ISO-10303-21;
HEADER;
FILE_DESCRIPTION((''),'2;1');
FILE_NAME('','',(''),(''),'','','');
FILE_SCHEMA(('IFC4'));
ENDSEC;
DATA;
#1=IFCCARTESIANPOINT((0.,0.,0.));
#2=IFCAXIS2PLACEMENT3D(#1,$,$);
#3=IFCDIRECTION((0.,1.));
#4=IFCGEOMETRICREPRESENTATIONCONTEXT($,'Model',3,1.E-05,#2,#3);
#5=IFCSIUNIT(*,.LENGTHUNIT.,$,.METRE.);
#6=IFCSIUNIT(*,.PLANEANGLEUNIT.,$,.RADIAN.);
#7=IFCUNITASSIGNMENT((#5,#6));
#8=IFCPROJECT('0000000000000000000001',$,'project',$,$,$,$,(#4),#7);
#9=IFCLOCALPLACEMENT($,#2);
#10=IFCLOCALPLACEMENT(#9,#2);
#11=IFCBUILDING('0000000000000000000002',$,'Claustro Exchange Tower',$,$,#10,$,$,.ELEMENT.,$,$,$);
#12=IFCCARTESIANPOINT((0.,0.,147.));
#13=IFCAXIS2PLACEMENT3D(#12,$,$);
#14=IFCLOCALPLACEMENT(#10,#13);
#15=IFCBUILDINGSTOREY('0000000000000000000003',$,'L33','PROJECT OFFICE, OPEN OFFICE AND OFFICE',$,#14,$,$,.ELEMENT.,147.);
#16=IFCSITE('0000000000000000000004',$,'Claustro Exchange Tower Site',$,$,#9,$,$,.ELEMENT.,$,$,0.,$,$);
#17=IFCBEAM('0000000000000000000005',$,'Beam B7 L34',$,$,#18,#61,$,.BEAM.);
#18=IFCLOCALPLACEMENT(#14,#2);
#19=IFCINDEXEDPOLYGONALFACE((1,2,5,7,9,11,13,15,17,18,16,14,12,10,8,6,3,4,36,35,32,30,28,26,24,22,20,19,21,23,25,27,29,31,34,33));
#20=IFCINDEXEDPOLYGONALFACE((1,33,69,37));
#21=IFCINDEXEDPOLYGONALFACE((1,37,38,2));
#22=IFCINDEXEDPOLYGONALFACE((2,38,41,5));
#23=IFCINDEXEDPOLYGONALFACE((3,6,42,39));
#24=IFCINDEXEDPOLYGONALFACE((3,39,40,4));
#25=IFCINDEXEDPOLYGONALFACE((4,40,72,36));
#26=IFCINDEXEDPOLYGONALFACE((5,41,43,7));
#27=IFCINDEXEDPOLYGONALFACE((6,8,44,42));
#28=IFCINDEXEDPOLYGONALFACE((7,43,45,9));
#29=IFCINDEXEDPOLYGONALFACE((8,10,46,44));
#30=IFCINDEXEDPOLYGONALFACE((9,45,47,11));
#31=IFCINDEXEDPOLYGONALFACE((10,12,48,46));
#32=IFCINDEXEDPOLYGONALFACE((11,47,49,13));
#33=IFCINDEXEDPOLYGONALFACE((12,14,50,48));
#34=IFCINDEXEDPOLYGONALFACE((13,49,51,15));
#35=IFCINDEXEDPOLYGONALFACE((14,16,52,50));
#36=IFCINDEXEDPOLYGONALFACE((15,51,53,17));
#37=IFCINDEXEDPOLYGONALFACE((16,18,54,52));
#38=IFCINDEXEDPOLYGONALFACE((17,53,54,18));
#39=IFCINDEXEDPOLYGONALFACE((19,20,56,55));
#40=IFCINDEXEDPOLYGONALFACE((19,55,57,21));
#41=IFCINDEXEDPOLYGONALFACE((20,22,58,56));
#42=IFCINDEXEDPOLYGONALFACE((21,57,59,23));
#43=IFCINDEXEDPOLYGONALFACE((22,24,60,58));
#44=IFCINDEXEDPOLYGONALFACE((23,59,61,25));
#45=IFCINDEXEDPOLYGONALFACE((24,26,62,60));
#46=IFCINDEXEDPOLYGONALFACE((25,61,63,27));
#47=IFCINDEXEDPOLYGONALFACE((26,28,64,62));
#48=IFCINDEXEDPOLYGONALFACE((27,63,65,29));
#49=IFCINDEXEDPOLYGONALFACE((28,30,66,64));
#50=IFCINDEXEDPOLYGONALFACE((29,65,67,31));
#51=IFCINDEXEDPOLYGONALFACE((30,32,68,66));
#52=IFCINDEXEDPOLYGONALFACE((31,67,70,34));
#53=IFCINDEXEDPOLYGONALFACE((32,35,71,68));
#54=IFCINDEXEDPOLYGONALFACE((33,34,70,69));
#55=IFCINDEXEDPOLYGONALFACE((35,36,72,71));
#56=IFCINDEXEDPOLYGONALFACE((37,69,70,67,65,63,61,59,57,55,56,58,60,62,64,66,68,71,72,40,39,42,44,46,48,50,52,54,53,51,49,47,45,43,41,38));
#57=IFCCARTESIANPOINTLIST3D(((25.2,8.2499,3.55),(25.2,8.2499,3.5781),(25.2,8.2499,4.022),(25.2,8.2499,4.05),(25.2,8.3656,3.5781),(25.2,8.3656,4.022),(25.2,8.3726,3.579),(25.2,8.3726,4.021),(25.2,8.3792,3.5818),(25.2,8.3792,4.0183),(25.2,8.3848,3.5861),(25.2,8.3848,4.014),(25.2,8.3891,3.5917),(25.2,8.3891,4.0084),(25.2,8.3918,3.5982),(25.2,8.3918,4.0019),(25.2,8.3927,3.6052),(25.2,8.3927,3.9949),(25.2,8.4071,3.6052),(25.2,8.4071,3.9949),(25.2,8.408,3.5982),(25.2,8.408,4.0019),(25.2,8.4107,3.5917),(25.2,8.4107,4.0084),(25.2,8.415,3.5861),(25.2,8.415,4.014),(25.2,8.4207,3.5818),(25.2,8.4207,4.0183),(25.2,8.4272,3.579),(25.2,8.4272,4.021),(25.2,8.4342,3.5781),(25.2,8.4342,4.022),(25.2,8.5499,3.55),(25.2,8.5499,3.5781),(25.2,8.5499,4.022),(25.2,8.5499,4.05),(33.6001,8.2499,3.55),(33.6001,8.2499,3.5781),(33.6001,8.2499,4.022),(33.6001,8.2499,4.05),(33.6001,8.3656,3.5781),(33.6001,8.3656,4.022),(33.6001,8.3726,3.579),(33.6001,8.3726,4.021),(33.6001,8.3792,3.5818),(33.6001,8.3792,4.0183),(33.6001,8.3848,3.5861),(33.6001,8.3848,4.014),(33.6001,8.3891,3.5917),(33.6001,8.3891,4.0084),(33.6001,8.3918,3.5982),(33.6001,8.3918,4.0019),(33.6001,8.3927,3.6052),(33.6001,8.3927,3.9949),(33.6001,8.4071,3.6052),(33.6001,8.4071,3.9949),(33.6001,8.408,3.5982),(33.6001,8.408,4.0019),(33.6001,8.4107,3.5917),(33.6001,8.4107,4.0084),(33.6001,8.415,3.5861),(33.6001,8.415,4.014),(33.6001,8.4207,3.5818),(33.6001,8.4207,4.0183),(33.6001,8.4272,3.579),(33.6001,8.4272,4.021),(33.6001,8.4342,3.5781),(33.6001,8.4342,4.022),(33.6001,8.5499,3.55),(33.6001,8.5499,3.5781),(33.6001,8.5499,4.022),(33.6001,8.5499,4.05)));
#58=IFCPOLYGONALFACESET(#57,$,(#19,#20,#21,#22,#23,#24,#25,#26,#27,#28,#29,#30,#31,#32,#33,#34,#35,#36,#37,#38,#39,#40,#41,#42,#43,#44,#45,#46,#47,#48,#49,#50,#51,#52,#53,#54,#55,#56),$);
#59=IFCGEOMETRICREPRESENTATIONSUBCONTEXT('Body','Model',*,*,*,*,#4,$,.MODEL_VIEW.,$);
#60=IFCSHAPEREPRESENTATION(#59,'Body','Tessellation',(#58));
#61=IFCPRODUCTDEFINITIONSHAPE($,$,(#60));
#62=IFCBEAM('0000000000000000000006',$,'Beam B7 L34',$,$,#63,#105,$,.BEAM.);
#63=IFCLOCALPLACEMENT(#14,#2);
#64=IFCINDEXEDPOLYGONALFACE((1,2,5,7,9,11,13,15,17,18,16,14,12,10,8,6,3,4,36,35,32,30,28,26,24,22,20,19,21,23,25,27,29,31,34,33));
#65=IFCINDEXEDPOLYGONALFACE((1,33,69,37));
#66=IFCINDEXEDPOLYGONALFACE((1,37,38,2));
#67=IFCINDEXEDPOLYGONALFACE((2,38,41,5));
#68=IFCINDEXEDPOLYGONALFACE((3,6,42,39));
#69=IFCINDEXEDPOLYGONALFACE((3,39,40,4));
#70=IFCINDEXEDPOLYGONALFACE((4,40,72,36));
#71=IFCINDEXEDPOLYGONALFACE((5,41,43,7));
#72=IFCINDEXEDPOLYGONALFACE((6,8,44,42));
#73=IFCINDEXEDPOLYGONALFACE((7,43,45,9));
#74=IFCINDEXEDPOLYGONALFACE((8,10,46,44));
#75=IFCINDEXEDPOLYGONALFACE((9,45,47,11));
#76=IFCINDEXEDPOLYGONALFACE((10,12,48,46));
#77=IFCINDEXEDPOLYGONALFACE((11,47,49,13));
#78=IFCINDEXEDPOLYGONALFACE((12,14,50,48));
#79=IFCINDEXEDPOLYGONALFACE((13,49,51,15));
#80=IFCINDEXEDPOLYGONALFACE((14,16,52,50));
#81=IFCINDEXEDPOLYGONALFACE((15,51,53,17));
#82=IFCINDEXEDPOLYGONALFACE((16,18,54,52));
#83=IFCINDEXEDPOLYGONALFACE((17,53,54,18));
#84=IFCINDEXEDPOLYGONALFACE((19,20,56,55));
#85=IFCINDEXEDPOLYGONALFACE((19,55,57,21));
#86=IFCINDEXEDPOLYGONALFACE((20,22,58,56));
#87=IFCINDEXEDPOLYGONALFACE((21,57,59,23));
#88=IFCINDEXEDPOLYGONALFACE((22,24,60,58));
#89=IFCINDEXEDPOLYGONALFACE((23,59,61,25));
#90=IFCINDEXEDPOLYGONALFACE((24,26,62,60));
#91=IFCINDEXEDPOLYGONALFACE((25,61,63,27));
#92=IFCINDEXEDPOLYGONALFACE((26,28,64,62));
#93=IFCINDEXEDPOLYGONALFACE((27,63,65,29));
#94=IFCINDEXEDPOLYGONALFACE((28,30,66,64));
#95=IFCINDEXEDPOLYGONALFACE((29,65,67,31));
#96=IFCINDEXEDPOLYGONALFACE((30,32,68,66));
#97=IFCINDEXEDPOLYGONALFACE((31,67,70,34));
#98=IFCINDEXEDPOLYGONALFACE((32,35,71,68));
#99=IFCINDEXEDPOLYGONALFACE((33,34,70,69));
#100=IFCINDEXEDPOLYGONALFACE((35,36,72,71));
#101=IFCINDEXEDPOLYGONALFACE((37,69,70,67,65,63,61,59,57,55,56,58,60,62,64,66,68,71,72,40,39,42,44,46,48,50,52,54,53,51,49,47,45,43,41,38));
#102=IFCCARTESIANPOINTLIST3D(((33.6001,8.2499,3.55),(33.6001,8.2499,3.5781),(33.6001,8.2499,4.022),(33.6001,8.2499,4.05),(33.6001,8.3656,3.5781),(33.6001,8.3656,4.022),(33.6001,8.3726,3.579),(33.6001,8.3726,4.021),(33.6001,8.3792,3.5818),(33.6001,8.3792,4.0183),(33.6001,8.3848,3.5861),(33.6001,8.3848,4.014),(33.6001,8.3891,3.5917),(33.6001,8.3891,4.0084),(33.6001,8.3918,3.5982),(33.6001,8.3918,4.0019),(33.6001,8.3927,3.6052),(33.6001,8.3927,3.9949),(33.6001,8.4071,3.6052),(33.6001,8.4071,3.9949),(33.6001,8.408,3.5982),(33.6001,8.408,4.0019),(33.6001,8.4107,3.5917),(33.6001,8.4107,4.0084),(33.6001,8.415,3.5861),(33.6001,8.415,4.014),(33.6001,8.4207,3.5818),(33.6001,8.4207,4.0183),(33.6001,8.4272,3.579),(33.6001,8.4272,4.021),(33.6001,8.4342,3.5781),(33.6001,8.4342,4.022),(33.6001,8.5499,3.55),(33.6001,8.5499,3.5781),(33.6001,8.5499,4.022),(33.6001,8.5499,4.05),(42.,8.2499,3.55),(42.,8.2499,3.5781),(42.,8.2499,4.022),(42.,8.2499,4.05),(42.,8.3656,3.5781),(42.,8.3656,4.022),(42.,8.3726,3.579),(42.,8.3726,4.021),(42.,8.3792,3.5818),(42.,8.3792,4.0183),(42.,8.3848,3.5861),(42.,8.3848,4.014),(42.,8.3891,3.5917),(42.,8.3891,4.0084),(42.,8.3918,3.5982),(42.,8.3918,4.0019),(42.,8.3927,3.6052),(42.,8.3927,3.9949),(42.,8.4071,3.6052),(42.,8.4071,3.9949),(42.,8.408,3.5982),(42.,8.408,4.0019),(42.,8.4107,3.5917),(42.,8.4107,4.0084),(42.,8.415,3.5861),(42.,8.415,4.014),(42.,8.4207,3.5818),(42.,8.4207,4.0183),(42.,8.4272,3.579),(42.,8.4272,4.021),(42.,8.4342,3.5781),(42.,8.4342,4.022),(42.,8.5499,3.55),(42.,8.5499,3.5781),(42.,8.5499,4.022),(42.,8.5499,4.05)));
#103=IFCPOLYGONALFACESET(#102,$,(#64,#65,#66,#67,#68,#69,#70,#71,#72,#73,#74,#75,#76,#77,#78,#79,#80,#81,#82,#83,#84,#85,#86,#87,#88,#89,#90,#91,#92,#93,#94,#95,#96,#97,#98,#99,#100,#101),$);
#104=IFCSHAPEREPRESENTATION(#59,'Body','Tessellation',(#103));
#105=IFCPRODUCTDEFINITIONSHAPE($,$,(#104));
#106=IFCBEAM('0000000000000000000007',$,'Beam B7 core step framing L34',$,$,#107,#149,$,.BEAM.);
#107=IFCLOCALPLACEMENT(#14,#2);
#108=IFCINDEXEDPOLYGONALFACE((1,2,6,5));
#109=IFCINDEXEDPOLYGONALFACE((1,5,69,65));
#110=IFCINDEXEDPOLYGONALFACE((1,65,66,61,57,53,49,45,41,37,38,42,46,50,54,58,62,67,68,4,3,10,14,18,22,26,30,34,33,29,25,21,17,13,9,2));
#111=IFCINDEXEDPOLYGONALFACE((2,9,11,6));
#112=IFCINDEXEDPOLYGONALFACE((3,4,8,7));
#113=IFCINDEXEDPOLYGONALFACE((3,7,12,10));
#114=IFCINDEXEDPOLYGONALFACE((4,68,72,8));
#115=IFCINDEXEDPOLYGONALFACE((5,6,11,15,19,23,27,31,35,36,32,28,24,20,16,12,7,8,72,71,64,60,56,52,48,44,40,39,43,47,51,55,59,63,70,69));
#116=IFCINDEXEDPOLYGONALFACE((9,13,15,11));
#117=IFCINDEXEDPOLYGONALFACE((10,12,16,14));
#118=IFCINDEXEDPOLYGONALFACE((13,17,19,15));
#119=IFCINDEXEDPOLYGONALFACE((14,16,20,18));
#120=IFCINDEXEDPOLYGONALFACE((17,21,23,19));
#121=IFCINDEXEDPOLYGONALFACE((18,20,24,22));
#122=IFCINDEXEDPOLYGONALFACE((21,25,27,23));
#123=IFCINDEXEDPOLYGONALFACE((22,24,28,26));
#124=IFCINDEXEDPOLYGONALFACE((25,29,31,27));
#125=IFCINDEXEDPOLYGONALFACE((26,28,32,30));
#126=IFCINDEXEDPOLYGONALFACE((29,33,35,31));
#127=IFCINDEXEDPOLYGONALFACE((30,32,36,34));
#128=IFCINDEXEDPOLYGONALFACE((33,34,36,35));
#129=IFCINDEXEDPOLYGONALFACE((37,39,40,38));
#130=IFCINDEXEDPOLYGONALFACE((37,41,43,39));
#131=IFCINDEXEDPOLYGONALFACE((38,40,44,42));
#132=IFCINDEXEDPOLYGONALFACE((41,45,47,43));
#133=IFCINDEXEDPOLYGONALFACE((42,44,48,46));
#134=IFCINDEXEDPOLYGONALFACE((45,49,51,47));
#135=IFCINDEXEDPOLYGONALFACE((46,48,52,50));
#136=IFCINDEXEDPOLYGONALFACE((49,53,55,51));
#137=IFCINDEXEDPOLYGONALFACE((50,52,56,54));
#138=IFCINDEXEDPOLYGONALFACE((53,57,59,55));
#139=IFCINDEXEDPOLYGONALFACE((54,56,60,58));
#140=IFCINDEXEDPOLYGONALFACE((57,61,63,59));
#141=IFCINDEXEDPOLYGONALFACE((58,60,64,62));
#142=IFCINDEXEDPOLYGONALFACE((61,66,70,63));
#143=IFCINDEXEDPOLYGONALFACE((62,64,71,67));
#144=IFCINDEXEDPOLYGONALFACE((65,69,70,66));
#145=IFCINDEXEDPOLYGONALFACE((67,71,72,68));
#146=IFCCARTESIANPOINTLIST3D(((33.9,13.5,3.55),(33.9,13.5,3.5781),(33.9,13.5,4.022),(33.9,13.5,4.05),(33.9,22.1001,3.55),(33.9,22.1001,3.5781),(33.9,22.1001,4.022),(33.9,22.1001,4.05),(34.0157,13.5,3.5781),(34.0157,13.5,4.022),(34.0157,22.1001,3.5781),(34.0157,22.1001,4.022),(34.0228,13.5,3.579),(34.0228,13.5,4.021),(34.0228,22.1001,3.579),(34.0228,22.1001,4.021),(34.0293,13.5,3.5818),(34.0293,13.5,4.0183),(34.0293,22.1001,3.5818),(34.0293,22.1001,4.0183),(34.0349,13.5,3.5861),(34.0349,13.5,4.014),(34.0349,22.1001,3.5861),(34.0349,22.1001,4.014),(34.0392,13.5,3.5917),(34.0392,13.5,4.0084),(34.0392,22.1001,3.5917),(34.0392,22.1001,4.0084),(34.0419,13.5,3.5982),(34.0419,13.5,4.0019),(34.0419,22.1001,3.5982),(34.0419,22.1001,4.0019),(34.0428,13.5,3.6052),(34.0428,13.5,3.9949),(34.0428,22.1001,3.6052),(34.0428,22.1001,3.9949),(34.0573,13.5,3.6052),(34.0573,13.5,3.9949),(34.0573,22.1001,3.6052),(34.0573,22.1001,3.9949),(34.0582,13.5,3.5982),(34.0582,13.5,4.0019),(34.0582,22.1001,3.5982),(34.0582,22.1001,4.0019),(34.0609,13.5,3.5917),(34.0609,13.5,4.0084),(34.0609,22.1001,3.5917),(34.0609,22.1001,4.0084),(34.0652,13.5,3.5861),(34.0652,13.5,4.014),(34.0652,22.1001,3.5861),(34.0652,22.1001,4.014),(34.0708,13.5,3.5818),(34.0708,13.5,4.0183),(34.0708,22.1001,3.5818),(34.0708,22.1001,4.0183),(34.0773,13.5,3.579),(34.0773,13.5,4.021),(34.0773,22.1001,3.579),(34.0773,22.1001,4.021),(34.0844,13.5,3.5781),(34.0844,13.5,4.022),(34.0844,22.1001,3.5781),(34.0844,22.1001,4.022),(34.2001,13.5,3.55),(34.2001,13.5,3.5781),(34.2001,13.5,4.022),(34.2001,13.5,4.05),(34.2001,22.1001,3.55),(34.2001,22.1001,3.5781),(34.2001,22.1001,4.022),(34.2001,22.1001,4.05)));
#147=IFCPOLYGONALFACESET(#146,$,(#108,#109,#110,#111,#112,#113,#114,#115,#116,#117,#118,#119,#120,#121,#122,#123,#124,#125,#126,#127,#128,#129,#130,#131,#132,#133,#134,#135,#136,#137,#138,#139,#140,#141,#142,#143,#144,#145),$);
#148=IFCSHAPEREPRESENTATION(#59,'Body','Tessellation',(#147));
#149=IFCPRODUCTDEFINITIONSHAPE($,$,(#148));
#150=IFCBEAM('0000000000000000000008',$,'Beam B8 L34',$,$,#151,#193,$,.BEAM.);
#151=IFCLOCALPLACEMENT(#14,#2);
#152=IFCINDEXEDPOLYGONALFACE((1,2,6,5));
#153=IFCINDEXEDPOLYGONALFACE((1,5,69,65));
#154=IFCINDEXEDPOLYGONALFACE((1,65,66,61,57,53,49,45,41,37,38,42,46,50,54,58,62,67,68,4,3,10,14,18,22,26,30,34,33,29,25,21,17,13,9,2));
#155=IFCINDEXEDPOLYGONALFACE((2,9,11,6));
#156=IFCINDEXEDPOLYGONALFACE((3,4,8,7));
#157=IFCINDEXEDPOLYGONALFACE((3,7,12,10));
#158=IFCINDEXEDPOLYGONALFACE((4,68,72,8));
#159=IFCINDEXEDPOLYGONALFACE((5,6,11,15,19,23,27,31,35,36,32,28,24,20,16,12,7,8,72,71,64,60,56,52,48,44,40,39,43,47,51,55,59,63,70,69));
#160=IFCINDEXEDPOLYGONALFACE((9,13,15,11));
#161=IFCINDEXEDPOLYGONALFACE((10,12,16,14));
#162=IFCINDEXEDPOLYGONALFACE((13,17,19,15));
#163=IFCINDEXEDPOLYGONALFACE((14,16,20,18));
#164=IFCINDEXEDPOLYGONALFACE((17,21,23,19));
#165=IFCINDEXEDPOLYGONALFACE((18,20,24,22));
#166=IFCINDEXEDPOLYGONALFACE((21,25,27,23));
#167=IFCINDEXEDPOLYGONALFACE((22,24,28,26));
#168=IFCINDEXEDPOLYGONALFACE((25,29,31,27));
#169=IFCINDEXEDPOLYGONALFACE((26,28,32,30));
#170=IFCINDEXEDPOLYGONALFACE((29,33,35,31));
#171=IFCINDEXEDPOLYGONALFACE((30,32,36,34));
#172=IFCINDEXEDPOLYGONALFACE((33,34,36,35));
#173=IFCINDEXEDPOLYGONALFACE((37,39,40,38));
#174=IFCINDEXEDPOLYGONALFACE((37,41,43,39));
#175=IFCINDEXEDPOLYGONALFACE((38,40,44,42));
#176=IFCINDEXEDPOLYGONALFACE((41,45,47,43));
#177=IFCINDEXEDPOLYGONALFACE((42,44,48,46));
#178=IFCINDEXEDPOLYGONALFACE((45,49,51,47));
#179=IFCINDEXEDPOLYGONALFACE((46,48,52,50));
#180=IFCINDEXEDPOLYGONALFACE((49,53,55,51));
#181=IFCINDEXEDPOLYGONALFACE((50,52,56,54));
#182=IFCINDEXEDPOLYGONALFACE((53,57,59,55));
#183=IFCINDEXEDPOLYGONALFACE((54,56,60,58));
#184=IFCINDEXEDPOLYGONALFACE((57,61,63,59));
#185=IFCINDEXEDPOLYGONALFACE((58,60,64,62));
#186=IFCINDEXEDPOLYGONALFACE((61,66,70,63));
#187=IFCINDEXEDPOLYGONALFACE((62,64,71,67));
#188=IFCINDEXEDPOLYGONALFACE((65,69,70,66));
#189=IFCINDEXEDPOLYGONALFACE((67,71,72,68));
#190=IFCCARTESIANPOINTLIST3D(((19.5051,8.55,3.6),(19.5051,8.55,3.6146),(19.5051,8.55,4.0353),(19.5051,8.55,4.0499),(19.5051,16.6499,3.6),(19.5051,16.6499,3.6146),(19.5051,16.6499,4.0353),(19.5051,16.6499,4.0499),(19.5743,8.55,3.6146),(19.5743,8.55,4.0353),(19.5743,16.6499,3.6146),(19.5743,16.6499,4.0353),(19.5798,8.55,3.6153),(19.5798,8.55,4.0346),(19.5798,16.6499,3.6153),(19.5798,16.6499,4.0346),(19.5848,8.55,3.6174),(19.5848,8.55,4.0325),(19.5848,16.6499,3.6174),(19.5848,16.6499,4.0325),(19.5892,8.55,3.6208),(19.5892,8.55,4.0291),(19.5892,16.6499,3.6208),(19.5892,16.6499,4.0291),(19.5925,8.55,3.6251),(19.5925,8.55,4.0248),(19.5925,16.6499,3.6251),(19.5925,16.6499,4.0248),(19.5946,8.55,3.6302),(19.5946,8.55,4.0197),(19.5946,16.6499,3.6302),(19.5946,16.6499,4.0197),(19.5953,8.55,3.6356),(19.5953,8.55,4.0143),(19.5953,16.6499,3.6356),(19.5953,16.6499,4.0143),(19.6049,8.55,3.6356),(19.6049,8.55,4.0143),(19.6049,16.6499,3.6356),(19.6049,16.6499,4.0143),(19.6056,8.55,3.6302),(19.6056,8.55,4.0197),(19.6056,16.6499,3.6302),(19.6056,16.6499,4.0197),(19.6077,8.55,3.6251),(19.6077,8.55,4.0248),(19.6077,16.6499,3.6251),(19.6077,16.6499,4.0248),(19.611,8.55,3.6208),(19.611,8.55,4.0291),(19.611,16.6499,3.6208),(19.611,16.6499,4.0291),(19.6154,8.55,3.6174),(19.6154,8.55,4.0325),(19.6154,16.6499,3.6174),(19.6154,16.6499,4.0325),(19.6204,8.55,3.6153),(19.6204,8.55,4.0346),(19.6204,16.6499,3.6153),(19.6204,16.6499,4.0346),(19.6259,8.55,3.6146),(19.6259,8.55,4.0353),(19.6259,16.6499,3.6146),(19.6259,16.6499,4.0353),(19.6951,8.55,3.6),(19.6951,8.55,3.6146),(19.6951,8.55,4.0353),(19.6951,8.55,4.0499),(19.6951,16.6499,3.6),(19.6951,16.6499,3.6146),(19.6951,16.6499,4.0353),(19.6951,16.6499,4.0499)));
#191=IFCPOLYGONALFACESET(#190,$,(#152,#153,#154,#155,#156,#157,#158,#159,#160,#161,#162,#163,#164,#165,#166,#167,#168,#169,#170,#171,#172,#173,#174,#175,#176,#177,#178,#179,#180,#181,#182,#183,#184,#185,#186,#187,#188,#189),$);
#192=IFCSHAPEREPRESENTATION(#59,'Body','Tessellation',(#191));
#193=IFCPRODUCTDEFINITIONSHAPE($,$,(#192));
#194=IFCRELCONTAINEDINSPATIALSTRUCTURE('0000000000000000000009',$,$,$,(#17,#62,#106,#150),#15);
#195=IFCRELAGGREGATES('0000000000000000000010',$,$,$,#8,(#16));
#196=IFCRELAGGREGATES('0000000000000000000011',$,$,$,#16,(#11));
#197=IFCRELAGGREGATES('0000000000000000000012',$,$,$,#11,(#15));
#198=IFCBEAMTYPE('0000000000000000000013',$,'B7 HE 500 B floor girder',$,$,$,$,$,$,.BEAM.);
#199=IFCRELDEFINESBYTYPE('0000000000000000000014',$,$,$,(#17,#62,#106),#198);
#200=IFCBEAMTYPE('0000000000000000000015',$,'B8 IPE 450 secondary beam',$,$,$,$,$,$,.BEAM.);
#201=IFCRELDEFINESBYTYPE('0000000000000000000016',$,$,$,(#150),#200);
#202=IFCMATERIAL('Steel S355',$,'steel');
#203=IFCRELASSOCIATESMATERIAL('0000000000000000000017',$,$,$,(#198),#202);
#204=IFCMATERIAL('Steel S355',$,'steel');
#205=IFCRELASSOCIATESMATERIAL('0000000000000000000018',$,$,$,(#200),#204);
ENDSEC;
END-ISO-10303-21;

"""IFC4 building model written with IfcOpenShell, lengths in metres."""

from ifc_helpers import new_model, si_unit, direction, frame, origin, origin_2d, place, context, subcontext, project, spatial, i_section, extrude, material, material_profile, profile_set, type_object, element, save


model = new_model("IFC4")

# Units and contexts
model_context = context("Model", 3, precision=1e-05, world=origin(), true_north=direction((0.0, 1.0)))
body_context = subcontext(model_context, "Body", "Model", "MODEL_VIEW")
ifc_project = project(units=[si_unit("LENGTHUNIT", "METRE"), si_unit("PLANEANGLEUNIT", "RADIAN")], contexts=[model_context])

# Site, building, storey
site_placement = place(None, origin())
site = spatial("IfcSite", under=ifc_project, at=site_placement, Name="Claustro Exchange Tower Site", CompositionType="ELEMENT", RefElevation=0.0)
building_placement = place(site_placement, origin())
building = spatial("IfcBuilding", under=site, at=building_placement, Name="Claustro Exchange Tower", CompositionType="ELEMENT")
storey_placement = place(building_placement, frame((0.0, 0.0, 147.0)))
storey = spatial("IfcBuildingStorey", under=building, at=storey_placement, Name="L33", Description="PROJECT OFFICE, OPEN OFFICE AND OFFICE", CompositionType="ELEMENT", Elevation=147.0)

# Beams
ifc_material_1 = material(Name="Steel S355", Category="steel")
ifc_material_profile_1 = material_profile(ifc_material_1, i_section(OverallWidth=0.3, OverallDepth=0.5, WebThickness=0.0144, FlangeThickness=0.0281, FilletRadius=0.0271, at=origin_2d()), Name="HE 500 B")
ifc_profile_set_1 = profile_set([ifc_material_profile_1], Name="Steel S355")
beam_type_1 = type_object("IfcBeamType", Name="B7 HE 500 B floor girder", PredefinedType="BEAM", material=ifc_profile_set_1)
beam_1_placement = place(storey_placement, frame((25.2, 8.3999, 3.8), z_axis=(1.0, 0.0, 0.0), x_axis=(0.0, 1.0, 0.0)))
element("IfcBeam", 1, at=beam_1_placement, inside=storey, type_object=beam_type_1, Name="Beam B7 L34", PredefinedType="BEAM", context=body_context, shape_type="SweptSolid", body=[
    extrude(i_section(OverallWidth=0.3, OverallDepth=0.5, WebThickness=0.0144, FlangeThickness=0.0281, FilletRadius=0.0271, at=origin_2d()), origin(), (0.0, 0.0, 1.0), 8.4001),
])
beam_2_placement = place(storey_placement, frame((33.6001, 8.3999, 3.8), z_axis=(1.0, 0.0, 0.0), x_axis=(0.0, 1.0, 0.0)))
element("IfcBeam", 2, at=beam_2_placement, inside=storey, type_object=beam_type_1, Name="Beam B7 L34", PredefinedType="BEAM", context=body_context, shape_type="SweptSolid", body=[
    extrude(i_section(OverallWidth=0.3, OverallDepth=0.5, WebThickness=0.0144, FlangeThickness=0.0281, FilletRadius=0.0271, at=origin_2d()), origin(), (0.0, 0.0, 1.0), 8.3999),
])
beam_3_placement = place(storey_placement, frame((34.05, 13.5, 3.8), z_axis=(0.0, 1.0, 0.0), x_axis=(-1.0, 0.0, 0.0)))
element("IfcBeam", 3, at=beam_3_placement, inside=storey, type_object=beam_type_1, Name="Beam B7 core step framing L34", PredefinedType="BEAM", context=body_context, shape_type="SweptSolid", body=[
    extrude(i_section(OverallWidth=0.3, OverallDepth=0.5, WebThickness=0.0144, FlangeThickness=0.0281, FilletRadius=0.0271, at=origin_2d()), origin(), (0.0, 0.0, 1.0), 8.6001),
])
ifc_material_2 = material(Name="Steel S355", Category="steel")
ifc_material_profile_2 = material_profile(ifc_material_2, i_section(OverallWidth=0.1899, OverallDepth=0.45, WebThickness=0.0095, FlangeThickness=0.0146, FilletRadius=0.021, at=origin_2d()), Name="IPE 450")
ifc_profile_set_2 = profile_set([ifc_material_profile_2], Name="Steel S355")
beam_type_2 = type_object("IfcBeamType", Name="B8 IPE 450 secondary beam", PredefinedType="BEAM", material=ifc_profile_set_2)
for number, where, z_axis, x_axis, name in (
    (4, (19.6001, 8.55, 3.825), (0.0, 1.0, 0.0), (-1.0, 0.0, 0.0), "Beam B8 L34"),
):
    element("IfcBeam", number, at=place(storey_placement, frame(where, z_axis=z_axis, x_axis=x_axis)), inside=storey, type_object=beam_type_2, Name=name, PredefinedType="BEAM", context=body_context, shape_type="SweptSolid", body=[
        extrude(i_section(OverallWidth=0.1899, OverallDepth=0.45, WebThickness=0.0095, FlangeThickness=0.0146, FilletRadius=0.021, at=origin_2d()), origin(), (0.0, 0.0, 1.0), 8.0999),
    ])

save(model, "model.ifc")
